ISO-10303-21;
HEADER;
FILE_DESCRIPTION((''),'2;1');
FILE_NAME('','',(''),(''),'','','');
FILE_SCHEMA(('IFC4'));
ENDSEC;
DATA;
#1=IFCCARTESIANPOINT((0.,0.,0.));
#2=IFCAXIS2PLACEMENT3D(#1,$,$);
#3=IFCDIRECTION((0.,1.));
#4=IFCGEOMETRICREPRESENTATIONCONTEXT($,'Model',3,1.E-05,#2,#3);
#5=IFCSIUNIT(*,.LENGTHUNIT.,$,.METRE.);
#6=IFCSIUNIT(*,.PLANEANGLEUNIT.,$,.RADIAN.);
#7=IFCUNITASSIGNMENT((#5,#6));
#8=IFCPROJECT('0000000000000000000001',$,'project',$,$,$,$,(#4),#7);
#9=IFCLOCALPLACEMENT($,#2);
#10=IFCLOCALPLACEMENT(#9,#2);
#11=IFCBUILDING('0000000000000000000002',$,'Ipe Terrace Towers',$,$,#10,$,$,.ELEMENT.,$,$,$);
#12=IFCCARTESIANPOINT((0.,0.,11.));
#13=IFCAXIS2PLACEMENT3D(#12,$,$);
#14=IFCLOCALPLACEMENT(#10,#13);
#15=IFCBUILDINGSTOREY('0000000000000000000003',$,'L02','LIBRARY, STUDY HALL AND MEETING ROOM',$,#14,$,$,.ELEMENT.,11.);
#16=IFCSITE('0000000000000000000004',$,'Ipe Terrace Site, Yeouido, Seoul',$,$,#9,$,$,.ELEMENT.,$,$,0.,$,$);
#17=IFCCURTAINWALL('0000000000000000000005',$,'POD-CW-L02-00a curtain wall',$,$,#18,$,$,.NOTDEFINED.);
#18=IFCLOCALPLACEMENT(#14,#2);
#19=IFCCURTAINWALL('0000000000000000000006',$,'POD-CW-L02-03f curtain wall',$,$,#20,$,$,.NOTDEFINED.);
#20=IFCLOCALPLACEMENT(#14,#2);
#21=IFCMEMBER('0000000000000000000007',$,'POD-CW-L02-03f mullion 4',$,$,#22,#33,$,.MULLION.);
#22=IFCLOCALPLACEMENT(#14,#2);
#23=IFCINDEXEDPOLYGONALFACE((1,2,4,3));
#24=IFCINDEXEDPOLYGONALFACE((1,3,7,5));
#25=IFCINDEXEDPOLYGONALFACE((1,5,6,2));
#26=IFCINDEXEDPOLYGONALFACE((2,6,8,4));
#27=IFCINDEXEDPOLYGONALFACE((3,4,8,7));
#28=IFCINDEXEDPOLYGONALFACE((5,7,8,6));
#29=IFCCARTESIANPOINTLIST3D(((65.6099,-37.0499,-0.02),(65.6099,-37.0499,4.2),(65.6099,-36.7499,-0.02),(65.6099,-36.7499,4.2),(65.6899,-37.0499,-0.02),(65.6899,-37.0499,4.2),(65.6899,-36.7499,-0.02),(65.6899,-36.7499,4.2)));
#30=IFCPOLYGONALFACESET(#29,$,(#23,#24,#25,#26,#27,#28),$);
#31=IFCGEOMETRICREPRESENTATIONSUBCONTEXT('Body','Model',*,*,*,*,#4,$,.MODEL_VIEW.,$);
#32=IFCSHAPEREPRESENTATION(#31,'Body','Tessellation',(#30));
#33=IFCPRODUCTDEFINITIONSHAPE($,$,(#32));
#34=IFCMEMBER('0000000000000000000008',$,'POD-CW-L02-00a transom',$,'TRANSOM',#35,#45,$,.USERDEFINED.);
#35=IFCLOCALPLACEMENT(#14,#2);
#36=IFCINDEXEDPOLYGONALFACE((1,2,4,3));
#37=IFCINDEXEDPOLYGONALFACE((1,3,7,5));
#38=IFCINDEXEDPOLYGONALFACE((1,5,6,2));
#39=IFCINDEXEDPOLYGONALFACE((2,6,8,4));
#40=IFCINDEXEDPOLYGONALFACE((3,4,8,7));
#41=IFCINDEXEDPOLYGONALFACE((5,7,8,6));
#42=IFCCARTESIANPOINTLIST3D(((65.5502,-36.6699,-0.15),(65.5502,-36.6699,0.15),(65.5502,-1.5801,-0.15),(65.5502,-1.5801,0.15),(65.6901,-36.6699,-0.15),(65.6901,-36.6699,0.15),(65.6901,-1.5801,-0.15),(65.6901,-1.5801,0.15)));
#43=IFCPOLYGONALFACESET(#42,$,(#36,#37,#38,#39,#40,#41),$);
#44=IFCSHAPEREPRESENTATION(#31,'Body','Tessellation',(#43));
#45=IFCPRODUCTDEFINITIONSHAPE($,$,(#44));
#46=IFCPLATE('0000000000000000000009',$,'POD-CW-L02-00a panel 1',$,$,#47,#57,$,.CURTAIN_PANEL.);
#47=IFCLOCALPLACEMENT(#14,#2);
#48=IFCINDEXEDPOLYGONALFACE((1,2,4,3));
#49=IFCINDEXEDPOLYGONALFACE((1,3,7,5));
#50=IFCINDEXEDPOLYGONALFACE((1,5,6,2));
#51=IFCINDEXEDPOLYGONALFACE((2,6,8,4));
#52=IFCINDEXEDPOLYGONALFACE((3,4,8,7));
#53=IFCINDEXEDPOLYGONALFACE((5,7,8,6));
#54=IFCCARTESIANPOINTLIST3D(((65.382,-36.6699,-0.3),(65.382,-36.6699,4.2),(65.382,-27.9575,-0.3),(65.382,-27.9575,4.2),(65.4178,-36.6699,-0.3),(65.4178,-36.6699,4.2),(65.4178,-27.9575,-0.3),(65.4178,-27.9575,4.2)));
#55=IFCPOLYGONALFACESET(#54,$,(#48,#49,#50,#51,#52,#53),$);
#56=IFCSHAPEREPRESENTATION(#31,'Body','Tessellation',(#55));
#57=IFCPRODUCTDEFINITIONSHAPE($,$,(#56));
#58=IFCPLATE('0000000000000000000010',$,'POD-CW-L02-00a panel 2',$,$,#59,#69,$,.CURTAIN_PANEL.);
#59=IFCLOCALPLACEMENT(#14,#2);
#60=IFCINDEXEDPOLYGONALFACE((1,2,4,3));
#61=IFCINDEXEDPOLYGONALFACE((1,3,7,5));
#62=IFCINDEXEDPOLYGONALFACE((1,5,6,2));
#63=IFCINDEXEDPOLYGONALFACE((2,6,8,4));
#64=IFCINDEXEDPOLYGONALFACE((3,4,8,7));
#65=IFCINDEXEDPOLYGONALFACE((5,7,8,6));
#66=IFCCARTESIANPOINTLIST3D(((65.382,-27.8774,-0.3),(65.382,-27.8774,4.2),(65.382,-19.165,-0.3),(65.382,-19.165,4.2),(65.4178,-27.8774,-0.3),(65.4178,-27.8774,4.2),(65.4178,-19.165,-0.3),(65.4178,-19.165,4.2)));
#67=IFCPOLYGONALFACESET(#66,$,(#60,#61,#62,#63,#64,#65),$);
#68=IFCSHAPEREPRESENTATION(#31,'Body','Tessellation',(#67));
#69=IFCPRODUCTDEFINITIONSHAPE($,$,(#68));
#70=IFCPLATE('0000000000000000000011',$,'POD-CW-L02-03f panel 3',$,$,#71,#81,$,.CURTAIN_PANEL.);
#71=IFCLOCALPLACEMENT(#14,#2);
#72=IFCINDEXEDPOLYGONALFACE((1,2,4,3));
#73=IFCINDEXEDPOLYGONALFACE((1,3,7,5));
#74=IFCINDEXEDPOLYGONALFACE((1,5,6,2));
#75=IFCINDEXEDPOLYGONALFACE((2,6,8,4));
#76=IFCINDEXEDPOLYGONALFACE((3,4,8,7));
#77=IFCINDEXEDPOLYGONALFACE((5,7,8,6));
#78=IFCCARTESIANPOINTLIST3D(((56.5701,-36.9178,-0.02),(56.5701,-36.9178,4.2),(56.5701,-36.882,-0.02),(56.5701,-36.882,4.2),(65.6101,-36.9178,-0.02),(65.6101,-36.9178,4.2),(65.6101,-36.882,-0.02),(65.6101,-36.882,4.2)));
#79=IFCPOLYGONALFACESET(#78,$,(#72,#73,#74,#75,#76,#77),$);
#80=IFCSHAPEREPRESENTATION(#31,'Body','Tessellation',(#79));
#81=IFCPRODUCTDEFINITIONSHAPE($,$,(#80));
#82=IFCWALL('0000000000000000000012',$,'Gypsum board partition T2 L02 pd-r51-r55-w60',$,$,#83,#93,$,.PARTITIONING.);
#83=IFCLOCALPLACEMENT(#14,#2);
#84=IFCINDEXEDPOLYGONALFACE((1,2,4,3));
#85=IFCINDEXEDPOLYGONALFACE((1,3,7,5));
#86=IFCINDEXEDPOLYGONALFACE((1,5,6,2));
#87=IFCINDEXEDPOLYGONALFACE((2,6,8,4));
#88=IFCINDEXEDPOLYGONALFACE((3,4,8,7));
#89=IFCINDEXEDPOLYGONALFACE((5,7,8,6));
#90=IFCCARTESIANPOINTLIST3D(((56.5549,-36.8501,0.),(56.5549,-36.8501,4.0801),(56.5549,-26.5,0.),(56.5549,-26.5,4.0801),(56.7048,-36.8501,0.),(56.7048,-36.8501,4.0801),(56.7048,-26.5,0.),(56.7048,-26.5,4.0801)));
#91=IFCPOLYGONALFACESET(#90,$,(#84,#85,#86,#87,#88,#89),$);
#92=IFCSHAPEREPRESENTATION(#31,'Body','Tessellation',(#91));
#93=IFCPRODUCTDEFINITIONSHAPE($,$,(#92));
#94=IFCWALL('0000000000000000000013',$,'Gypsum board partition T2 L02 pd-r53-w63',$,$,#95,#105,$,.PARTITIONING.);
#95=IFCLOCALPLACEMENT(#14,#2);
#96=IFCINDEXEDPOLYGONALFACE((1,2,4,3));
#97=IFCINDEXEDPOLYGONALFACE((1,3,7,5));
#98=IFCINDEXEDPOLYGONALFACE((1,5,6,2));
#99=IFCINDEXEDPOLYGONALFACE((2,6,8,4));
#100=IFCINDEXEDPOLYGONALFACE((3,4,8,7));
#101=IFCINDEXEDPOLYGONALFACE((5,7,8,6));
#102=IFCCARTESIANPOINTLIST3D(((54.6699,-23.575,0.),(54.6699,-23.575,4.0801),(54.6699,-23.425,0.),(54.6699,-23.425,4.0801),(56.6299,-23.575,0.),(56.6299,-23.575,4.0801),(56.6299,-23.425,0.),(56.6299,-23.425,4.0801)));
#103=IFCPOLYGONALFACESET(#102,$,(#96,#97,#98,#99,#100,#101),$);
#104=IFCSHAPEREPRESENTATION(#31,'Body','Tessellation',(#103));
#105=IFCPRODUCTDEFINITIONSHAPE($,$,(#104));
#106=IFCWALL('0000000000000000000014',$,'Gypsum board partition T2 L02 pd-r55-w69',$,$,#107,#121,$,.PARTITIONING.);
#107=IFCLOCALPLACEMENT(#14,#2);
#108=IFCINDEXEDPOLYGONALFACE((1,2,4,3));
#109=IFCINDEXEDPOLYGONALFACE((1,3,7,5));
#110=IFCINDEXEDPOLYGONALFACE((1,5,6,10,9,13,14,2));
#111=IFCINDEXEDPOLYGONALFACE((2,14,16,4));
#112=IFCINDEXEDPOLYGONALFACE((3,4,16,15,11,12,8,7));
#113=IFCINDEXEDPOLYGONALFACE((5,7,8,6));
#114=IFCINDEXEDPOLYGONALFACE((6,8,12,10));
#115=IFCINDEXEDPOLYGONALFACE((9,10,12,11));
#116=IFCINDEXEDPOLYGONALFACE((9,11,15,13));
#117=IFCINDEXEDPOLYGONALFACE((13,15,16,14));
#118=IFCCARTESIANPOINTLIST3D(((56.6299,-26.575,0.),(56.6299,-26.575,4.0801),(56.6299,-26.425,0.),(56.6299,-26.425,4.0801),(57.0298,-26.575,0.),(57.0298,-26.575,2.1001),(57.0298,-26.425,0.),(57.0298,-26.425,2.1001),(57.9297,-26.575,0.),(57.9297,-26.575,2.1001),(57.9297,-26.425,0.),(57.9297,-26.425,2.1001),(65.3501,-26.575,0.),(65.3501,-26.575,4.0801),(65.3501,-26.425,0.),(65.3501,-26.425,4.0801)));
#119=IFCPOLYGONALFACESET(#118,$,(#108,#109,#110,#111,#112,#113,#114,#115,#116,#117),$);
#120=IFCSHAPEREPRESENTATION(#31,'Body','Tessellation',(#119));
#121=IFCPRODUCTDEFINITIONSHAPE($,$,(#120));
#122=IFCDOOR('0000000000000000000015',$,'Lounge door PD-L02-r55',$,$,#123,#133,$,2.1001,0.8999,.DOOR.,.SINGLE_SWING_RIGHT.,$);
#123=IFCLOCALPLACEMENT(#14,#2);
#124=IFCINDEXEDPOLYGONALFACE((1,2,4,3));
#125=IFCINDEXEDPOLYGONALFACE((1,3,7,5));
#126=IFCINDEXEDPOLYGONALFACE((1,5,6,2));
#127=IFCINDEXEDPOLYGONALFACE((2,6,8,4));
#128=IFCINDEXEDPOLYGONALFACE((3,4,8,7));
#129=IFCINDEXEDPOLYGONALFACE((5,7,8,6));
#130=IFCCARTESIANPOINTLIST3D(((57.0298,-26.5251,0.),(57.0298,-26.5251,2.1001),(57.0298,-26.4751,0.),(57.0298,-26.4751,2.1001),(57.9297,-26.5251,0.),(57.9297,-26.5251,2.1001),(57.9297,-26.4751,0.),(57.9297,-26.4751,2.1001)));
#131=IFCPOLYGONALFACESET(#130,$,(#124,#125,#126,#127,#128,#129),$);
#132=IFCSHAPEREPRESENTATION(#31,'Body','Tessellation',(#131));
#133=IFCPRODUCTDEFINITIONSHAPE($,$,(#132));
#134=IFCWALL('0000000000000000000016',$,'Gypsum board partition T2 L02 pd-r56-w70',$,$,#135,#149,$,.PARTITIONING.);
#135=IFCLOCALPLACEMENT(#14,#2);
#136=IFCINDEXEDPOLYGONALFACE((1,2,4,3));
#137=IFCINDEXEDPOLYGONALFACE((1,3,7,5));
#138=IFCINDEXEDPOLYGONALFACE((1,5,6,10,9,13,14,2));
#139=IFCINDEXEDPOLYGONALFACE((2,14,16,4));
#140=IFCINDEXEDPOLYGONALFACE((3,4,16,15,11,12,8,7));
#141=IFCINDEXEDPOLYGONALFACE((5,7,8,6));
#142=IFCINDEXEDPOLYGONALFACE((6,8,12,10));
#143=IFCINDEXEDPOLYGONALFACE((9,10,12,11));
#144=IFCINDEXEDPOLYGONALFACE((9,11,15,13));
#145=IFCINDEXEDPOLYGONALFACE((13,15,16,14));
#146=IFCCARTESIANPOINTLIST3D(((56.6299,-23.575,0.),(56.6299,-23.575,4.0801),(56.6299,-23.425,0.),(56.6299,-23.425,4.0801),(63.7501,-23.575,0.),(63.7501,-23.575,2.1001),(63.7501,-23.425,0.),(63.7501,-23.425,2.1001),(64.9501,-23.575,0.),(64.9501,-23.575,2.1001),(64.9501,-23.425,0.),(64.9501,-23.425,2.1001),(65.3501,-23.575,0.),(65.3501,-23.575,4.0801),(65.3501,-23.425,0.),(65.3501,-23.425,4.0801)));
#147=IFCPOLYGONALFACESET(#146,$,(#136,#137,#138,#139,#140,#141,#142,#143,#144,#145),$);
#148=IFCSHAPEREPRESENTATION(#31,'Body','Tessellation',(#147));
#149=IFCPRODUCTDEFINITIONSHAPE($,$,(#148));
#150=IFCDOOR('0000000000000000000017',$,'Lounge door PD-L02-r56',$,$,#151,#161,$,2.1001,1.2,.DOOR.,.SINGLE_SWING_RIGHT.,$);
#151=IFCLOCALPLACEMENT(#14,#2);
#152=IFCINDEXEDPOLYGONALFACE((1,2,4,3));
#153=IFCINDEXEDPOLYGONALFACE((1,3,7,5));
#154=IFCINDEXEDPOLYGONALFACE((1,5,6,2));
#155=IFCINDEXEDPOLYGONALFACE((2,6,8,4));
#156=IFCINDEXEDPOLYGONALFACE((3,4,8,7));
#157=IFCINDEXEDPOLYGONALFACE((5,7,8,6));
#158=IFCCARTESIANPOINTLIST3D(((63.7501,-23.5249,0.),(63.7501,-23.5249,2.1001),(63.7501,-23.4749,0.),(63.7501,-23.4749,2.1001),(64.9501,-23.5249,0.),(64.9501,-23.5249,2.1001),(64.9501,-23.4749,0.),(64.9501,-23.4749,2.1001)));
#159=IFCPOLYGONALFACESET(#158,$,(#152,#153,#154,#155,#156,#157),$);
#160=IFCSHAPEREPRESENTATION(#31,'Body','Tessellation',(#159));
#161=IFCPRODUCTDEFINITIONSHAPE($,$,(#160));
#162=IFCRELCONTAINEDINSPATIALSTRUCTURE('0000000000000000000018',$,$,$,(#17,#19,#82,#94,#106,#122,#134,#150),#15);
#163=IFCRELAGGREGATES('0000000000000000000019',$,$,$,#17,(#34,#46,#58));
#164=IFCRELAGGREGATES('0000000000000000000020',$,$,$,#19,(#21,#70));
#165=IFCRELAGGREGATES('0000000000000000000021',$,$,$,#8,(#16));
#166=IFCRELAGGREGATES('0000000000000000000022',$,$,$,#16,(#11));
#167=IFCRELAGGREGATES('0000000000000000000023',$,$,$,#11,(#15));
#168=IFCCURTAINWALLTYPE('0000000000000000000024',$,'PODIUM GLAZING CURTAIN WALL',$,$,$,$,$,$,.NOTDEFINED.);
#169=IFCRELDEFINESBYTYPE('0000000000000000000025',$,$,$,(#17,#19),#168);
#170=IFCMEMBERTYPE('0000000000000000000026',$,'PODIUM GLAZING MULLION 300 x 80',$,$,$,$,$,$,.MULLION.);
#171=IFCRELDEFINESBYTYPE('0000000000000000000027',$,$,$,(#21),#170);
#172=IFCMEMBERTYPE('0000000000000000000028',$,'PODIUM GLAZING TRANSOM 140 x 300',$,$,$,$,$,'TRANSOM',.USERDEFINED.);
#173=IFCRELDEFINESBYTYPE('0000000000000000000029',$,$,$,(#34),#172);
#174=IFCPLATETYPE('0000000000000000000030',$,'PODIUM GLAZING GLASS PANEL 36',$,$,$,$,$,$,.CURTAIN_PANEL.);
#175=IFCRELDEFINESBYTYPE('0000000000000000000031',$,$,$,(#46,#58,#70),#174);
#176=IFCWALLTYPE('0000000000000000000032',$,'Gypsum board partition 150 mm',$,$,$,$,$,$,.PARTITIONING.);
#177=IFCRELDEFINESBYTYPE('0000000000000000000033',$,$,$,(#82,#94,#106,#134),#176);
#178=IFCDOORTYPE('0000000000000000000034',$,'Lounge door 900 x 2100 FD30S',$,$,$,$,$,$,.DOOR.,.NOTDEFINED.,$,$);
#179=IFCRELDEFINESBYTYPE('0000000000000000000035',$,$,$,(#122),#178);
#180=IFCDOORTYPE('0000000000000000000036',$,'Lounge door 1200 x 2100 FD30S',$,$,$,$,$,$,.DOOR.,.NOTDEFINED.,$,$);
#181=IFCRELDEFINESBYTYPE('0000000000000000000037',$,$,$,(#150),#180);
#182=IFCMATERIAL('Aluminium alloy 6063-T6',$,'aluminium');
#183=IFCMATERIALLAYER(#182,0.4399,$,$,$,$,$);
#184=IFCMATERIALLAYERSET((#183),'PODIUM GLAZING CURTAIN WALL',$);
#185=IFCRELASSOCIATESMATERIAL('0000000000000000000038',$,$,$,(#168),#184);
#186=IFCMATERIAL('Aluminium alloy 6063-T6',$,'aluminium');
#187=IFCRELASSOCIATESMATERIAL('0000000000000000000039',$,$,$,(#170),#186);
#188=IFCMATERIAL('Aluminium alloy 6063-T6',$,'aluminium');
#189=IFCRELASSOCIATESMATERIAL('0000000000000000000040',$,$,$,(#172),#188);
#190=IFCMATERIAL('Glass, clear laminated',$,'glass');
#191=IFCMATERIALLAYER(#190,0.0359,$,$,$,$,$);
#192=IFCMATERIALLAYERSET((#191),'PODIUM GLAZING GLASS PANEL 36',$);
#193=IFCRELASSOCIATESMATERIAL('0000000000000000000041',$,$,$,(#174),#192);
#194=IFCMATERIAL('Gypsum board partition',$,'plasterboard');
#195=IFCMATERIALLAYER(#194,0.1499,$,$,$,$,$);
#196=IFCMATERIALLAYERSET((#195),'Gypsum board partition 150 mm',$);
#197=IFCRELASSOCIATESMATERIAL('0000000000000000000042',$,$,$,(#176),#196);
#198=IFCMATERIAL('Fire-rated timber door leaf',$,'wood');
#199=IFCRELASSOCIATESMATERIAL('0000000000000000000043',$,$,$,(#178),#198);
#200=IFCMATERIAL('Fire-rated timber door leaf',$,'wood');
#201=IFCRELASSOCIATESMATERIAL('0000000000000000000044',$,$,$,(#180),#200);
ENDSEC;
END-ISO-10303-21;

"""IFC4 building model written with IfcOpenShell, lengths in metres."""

from ifc_helpers import new_model, si_unit, direction, frame, frame_2d, origin, origin_2d, place, context, subcontext, project, spatial, rectangle, extrude, material, layer, layer_set, material_profile, profile_set, type_object, element, fill, aggregate, save


model = new_model("IFC4")

# Units and contexts
model_context = context("Model", 3, precision=1e-05, world=origin(), true_north=direction((0.0, 1.0)))
body_context = subcontext(model_context, "Body", "Model", "MODEL_VIEW")
ifc_project = project(units=[si_unit("LENGTHUNIT", "METRE"), si_unit("PLANEANGLEUNIT", "RADIAN")], contexts=[model_context])

# Site, building, storey
site_placement = place(None, origin())
site = spatial("IfcSite", under=ifc_project, at=site_placement, Name="Ipe Terrace Site, Yeouido, Seoul", CompositionType="ELEMENT", RefElevation=0.0)
building_placement = place(site_placement, origin())
building = spatial("IfcBuilding", under=site, at=building_placement, Name="Ipe Terrace Towers", CompositionType="ELEMENT")
storey_placement = place(building_placement, frame((0.0, 0.0, 11.0)))
storey = spatial("IfcBuildingStorey", under=building, at=storey_placement, Name="L02", Description="LIBRARY, STUDY HALL AND MEETING ROOM", CompositionType="ELEMENT", Elevation=11.0)

# Curtain walls, member
ifc_material_1 = material(Name="Aluminium alloy 6063-T6", Category="aluminium")
ifc_layer_1 = layer(ifc_material_1, 0.4399)
ifc_layer_set_1 = layer_set([ifc_layer_1], Name="PODIUM GLAZING CURTAIN WALL")
curtain_wall_type = type_object("IfcCurtainWallType", Name="PODIUM GLAZING CURTAIN WALL", PredefinedType="NOTDEFINED", material=ifc_layer_set_1)
curtain_wall_1_placement = place(storey_placement, origin())
curtain_wall_1 = element("IfcCurtainWall", 1, at=curtain_wall_1_placement, inside=storey, type_object=curtain_wall_type, Name="POD-CW-L02-00a curtain wall", PredefinedType="NOTDEFINED")
ifc_material_2 = material(Name="Aluminium alloy 6063-T6", Category="aluminium")
ifc_material_profile_1 = material_profile(ifc_material_2, rectangle(XDim=0.3, YDim=0.0801, at=origin_2d()), Name="PODIUM GLAZING MULLION 300 x 80")
ifc_profile_set_1 = profile_set([ifc_material_profile_1], Name="Aluminium alloy 6063-T6")
member_type_1 = type_object("IfcMemberType", Name="PODIUM GLAZING MULLION 300 x 80", PredefinedType="MULLION", material=ifc_profile_set_1)
curtain_wall_2_placement = place(storey_placement, origin())
curtain_wall_2 = element("IfcCurtainWall", 2, at=curtain_wall_2_placement, inside=storey, type_object=curtain_wall_type, Name="POD-CW-L02-03f curtain wall", PredefinedType="NOTDEFINED")
member_1_placement = place(storey_placement, frame((65.6499, -36.8999, -0.02), z_axis=(0.0, 0.0, 1.0), x_axis=(0.0, -1.0, 0.0)))
member_1 = element("IfcMember", 3, at=member_1_placement, type_object=member_type_1, Name="POD-CW-L02-03f mullion 4", PredefinedType="MULLION", context=body_context, shape_type="SweptSolid", body=[
    extrude(rectangle(XDim=0.3, YDim=0.0801, at=origin_2d()), origin(), (0.0, 0.0, 1.0), 4.22),
])

# Member
ifc_material_3 = material(Name="Aluminium alloy 6063-T6", Category="aluminium")
ifc_material_profile_2 = material_profile(ifc_material_3, rectangle(XDim=0.1399, YDim=0.3, at=origin_2d()), Name="PODIUM GLAZING TRANSOM 140 x 300")
ifc_profile_set_2 = profile_set([ifc_material_profile_2], Name="Aluminium alloy 6063-T6")
member_type_2 = type_object("IfcMemberType", Name="PODIUM GLAZING TRANSOM 140 x 300", ElementType="TRANSOM", PredefinedType="USERDEFINED", material=ifc_profile_set_2)
member_2_placement = place(storey_placement, frame((65.6201, -36.6699, 0.0), z_axis=(0.0, 1.0, 0.0), x_axis=(1.0, 0.0, 0.0)))
member_2 = element("IfcMember", 4, at=member_2_placement, type_object=member_type_2, Name="POD-CW-L02-00a transom", ObjectType="TRANSOM", PredefinedType="USERDEFINED", context=body_context, shape_type="SweptSolid", body=[
    extrude(rectangle(XDim=0.1399, YDim=0.3, at=origin_2d()), origin(), (0.0, 0.0, 1.0), 35.0898),
])

# Plates
ifc_material_4 = material(Name="Glass, clear laminated", Category="glass")
ifc_layer_2 = layer(ifc_material_4, 0.0359)
ifc_layer_set_2 = layer_set([ifc_layer_2], Name="PODIUM GLAZING GLASS PANEL 36")
plate_type = type_object("IfcPlateType", Name="PODIUM GLAZING GLASS PANEL 36", PredefinedType="CURTAIN_PANEL", material=ifc_layer_set_2)
plate_1_placement = place(storey_placement, frame((65.3999, -32.3137, -0.3), z_axis=(0.0, 0.0, 1.0), x_axis=(0.0, 1.0, 0.0)))
plate_1 = element("IfcPlate", 5, at=plate_1_placement, type_object=plate_type, Name="POD-CW-L02-00a panel 1", PredefinedType="CURTAIN_PANEL", context=body_context, shape_type="SweptSolid", body=[
    extrude(rectangle(XDim=8.7124, YDim=0.0359, at=origin_2d()), origin(), (0.0, 0.0, 1.0), 4.5),
])
plate_2_placement = place(storey_placement, frame((65.3999, -23.5212, -0.3), z_axis=(0.0, 0.0, 1.0), x_axis=(0.0, 1.0, 0.0)))
plate_2 = element("IfcPlate", 6, at=plate_2_placement, type_object=plate_type, Name="POD-CW-L02-00a panel 2", PredefinedType="CURTAIN_PANEL", context=body_context, shape_type="SweptSolid", body=[
    extrude(rectangle(XDim=8.7124, YDim=0.0359, at=origin_2d()), origin(), (0.0, 0.0, 1.0), 4.5),
])
aggregate(curtain_wall_1, [member_2, plate_1, plate_2])
plate_3_placement = place(storey_placement, frame((61.0901, -36.8999, -0.02), z_axis=(0.0, 0.0, 1.0), x_axis=(1.0, 0.0, 0.0)))
plate_3 = element("IfcPlate", 7, at=plate_3_placement, type_object=plate_type, Name="POD-CW-L02-03f panel 3", PredefinedType="CURTAIN_PANEL", context=body_context, shape_type="SweptSolid", body=[
    extrude(rectangle(XDim=9.04, YDim=0.0359, at=origin_2d()), origin(), (0.0, 0.0, 1.0), 4.22),
])
aggregate(curtain_wall_2, [member_1, plate_3])

# Walls
ifc_material_5 = material(Name="Gypsum board partition", Category="plasterboard")
ifc_layer_3 = layer(ifc_material_5, 0.1499)
ifc_layer_set_3 = layer_set([ifc_layer_3], Name="Gypsum board partition 150 mm")
wall_type = type_object("IfcWallType", Name="Gypsum board partition 150 mm", PredefinedType="PARTITIONING", material=ifc_layer_set_3)
wall_1_placement = place(storey_placement, frame((56.6299, -26.5, 0.0), z_axis=(0.0, 0.0, 1.0), x_axis=(0.0, -1.0, 0.0)))
element("IfcWall", 8, at=wall_1_placement, inside=storey, type_object=wall_type, Name="Gypsum board partition T2 L02 pd-r51-r55-w60", PredefinedType="PARTITIONING", context=body_context, shape_type="SweptSolid", body=[
    extrude(rectangle(XDim=10.3501, YDim=0.1499, at=frame_2d((5.175, 0.0))), origin(), (0.0, 0.0, 1.0), 4.0801),
])
wall_2_placement = place(storey_placement, frame((56.6299, -23.5, 0.0), z_axis=(0.0, 0.0, 1.0), x_axis=(-1.0, 0.0, 0.0)))
element("IfcWall", 9, at=wall_2_placement, inside=storey, type_object=wall_type, Name="Gypsum board partition T2 L02 pd-r53-w63", PredefinedType="PARTITIONING", context=body_context, shape_type="SweptSolid", body=[
    extrude(rectangle(XDim=1.96, YDim=0.1499, at=frame_2d((0.98, 0.0))), origin(), (0.0, 0.0, 1.0), 4.0801),
])

# Walls, openings, doors
wall_3_placement = place(storey_placement, frame((56.6299, -26.5, 0.0), z_axis=(0.0, 0.0, 1.0), x_axis=(1.0, 0.0, 0.0)))
wall_3 = element("IfcWall", 10, at=wall_3_placement, inside=storey, type_object=wall_type, Name="Gypsum board partition T2 L02 pd-r55-w69", PredefinedType="PARTITIONING", context=body_context, shape_type="SweptSolid", body=[
    extrude(rectangle(XDim=8.7202, YDim=0.1499, at=frame_2d((4.3601, 0.0))), origin(), (0.0, 0.0, 1.0), 4.0801),
])
opening_1_placement = place(wall_3_placement, frame((0.3999, 0.0, 0.0)))
opening_1 = element("IfcOpeningElement", 11, at=opening_1_placement, cuts=wall_3, PredefinedType="OPENING", context=body_context, shape_type="SweptSolid", body=[
    extrude(rectangle(XDim=0.8999, YDim=2.1001, at=frame_2d((0.45, 1.05))), frame((0.0, 0.085, 0.0), z_axis=(0.0, -1.0, 0.0), x_axis=(1.0, 0.0, 0.0)), (0.0, 0.0, 1.0), 0.1699),
])
ifc_material_6 = material(Name="Fire-rated timber door leaf", Category="wood")
door_type_1 = type_object("IfcDoorType", Name="Lounge door 900 x 2100 FD30S", OperationType="NOTDEFINED", PredefinedType="DOOR", material=ifc_material_6)
door_1_placement = place(opening_1_placement, origin())
door_1 = element("IfcDoor", 12, at=door_1_placement, inside=storey, type_object=door_type_1, Name="Lounge door PD-L02-r55", OperationType="SINGLE_SWING_RIGHT", OverallHeight=2.1001, OverallWidth=0.8999, PredefinedType="DOOR", context=body_context, shape_type="SweptSolid", body=[
    extrude(rectangle(XDim=0.8999, YDim=2.1001, at=frame_2d((0.45, 1.05))), frame((0.0, 0.0249, 0.0), z_axis=(0.0, -1.0, 0.0), x_axis=(1.0, 0.0, 0.0)), (0.0, 0.0, 1.0), 0.05),
])
fill(opening_1, door_1)
wall_4_placement = place(storey_placement, frame((65.3501, -23.5, 0.0), z_axis=(0.0, 0.0, 1.0), x_axis=(-1.0, 0.0, 0.0)))
wall_4 = element("IfcWall", 13, at=wall_4_placement, inside=storey, type_object=wall_type, Name="Gypsum board partition T2 L02 pd-r56-w70", PredefinedType="PARTITIONING", context=body_context, shape_type="SweptSolid", body=[
    extrude(rectangle(XDim=8.7202, YDim=0.1499, at=frame_2d((4.3601, 0.0))), origin(), (0.0, 0.0, 1.0), 4.0801),
])
opening_2_placement = place(wall_4_placement, frame((0.3999, 0.0, 0.0)))
opening_2 = element("IfcOpeningElement", 14, at=opening_2_placement, cuts=wall_4, PredefinedType="OPENING", context=body_context, shape_type="SweptSolid", body=[
    extrude(rectangle(XDim=1.2, YDim=2.1001, at=frame_2d((0.6001, 1.05))), frame((0.0, 0.085, 0.0), z_axis=(0.0, -1.0, 0.0), x_axis=(1.0, 0.0, 0.0)), (0.0, 0.0, 1.0), 0.1699),
])
ifc_material_7 = material(Name="Fire-rated timber door leaf", Category="wood")
door_type_2 = type_object("IfcDoorType", Name="Lounge door 1200 x 2100 FD30S", OperationType="NOTDEFINED", PredefinedType="DOOR", material=ifc_material_7)
door_2_placement = place(opening_2_placement, origin())
door_2 = element("IfcDoor", 15, at=door_2_placement, inside=storey, type_object=door_type_2, Name="Lounge door PD-L02-r56", OperationType="SINGLE_SWING_RIGHT", OverallHeight=2.1001, OverallWidth=1.2, PredefinedType="DOOR", context=body_context, shape_type="SweptSolid", body=[
    extrude(rectangle(XDim=1.2, YDim=2.1001, at=frame_2d((0.6001, 1.05))), frame((0.0, 0.0249, 0.0), z_axis=(0.0, -1.0, 0.0), x_axis=(1.0, 0.0, 0.0)), (0.0, 0.0, 1.0), 0.05),
])
fill(opening_2, door_2)

save(model, "model.ifc")
